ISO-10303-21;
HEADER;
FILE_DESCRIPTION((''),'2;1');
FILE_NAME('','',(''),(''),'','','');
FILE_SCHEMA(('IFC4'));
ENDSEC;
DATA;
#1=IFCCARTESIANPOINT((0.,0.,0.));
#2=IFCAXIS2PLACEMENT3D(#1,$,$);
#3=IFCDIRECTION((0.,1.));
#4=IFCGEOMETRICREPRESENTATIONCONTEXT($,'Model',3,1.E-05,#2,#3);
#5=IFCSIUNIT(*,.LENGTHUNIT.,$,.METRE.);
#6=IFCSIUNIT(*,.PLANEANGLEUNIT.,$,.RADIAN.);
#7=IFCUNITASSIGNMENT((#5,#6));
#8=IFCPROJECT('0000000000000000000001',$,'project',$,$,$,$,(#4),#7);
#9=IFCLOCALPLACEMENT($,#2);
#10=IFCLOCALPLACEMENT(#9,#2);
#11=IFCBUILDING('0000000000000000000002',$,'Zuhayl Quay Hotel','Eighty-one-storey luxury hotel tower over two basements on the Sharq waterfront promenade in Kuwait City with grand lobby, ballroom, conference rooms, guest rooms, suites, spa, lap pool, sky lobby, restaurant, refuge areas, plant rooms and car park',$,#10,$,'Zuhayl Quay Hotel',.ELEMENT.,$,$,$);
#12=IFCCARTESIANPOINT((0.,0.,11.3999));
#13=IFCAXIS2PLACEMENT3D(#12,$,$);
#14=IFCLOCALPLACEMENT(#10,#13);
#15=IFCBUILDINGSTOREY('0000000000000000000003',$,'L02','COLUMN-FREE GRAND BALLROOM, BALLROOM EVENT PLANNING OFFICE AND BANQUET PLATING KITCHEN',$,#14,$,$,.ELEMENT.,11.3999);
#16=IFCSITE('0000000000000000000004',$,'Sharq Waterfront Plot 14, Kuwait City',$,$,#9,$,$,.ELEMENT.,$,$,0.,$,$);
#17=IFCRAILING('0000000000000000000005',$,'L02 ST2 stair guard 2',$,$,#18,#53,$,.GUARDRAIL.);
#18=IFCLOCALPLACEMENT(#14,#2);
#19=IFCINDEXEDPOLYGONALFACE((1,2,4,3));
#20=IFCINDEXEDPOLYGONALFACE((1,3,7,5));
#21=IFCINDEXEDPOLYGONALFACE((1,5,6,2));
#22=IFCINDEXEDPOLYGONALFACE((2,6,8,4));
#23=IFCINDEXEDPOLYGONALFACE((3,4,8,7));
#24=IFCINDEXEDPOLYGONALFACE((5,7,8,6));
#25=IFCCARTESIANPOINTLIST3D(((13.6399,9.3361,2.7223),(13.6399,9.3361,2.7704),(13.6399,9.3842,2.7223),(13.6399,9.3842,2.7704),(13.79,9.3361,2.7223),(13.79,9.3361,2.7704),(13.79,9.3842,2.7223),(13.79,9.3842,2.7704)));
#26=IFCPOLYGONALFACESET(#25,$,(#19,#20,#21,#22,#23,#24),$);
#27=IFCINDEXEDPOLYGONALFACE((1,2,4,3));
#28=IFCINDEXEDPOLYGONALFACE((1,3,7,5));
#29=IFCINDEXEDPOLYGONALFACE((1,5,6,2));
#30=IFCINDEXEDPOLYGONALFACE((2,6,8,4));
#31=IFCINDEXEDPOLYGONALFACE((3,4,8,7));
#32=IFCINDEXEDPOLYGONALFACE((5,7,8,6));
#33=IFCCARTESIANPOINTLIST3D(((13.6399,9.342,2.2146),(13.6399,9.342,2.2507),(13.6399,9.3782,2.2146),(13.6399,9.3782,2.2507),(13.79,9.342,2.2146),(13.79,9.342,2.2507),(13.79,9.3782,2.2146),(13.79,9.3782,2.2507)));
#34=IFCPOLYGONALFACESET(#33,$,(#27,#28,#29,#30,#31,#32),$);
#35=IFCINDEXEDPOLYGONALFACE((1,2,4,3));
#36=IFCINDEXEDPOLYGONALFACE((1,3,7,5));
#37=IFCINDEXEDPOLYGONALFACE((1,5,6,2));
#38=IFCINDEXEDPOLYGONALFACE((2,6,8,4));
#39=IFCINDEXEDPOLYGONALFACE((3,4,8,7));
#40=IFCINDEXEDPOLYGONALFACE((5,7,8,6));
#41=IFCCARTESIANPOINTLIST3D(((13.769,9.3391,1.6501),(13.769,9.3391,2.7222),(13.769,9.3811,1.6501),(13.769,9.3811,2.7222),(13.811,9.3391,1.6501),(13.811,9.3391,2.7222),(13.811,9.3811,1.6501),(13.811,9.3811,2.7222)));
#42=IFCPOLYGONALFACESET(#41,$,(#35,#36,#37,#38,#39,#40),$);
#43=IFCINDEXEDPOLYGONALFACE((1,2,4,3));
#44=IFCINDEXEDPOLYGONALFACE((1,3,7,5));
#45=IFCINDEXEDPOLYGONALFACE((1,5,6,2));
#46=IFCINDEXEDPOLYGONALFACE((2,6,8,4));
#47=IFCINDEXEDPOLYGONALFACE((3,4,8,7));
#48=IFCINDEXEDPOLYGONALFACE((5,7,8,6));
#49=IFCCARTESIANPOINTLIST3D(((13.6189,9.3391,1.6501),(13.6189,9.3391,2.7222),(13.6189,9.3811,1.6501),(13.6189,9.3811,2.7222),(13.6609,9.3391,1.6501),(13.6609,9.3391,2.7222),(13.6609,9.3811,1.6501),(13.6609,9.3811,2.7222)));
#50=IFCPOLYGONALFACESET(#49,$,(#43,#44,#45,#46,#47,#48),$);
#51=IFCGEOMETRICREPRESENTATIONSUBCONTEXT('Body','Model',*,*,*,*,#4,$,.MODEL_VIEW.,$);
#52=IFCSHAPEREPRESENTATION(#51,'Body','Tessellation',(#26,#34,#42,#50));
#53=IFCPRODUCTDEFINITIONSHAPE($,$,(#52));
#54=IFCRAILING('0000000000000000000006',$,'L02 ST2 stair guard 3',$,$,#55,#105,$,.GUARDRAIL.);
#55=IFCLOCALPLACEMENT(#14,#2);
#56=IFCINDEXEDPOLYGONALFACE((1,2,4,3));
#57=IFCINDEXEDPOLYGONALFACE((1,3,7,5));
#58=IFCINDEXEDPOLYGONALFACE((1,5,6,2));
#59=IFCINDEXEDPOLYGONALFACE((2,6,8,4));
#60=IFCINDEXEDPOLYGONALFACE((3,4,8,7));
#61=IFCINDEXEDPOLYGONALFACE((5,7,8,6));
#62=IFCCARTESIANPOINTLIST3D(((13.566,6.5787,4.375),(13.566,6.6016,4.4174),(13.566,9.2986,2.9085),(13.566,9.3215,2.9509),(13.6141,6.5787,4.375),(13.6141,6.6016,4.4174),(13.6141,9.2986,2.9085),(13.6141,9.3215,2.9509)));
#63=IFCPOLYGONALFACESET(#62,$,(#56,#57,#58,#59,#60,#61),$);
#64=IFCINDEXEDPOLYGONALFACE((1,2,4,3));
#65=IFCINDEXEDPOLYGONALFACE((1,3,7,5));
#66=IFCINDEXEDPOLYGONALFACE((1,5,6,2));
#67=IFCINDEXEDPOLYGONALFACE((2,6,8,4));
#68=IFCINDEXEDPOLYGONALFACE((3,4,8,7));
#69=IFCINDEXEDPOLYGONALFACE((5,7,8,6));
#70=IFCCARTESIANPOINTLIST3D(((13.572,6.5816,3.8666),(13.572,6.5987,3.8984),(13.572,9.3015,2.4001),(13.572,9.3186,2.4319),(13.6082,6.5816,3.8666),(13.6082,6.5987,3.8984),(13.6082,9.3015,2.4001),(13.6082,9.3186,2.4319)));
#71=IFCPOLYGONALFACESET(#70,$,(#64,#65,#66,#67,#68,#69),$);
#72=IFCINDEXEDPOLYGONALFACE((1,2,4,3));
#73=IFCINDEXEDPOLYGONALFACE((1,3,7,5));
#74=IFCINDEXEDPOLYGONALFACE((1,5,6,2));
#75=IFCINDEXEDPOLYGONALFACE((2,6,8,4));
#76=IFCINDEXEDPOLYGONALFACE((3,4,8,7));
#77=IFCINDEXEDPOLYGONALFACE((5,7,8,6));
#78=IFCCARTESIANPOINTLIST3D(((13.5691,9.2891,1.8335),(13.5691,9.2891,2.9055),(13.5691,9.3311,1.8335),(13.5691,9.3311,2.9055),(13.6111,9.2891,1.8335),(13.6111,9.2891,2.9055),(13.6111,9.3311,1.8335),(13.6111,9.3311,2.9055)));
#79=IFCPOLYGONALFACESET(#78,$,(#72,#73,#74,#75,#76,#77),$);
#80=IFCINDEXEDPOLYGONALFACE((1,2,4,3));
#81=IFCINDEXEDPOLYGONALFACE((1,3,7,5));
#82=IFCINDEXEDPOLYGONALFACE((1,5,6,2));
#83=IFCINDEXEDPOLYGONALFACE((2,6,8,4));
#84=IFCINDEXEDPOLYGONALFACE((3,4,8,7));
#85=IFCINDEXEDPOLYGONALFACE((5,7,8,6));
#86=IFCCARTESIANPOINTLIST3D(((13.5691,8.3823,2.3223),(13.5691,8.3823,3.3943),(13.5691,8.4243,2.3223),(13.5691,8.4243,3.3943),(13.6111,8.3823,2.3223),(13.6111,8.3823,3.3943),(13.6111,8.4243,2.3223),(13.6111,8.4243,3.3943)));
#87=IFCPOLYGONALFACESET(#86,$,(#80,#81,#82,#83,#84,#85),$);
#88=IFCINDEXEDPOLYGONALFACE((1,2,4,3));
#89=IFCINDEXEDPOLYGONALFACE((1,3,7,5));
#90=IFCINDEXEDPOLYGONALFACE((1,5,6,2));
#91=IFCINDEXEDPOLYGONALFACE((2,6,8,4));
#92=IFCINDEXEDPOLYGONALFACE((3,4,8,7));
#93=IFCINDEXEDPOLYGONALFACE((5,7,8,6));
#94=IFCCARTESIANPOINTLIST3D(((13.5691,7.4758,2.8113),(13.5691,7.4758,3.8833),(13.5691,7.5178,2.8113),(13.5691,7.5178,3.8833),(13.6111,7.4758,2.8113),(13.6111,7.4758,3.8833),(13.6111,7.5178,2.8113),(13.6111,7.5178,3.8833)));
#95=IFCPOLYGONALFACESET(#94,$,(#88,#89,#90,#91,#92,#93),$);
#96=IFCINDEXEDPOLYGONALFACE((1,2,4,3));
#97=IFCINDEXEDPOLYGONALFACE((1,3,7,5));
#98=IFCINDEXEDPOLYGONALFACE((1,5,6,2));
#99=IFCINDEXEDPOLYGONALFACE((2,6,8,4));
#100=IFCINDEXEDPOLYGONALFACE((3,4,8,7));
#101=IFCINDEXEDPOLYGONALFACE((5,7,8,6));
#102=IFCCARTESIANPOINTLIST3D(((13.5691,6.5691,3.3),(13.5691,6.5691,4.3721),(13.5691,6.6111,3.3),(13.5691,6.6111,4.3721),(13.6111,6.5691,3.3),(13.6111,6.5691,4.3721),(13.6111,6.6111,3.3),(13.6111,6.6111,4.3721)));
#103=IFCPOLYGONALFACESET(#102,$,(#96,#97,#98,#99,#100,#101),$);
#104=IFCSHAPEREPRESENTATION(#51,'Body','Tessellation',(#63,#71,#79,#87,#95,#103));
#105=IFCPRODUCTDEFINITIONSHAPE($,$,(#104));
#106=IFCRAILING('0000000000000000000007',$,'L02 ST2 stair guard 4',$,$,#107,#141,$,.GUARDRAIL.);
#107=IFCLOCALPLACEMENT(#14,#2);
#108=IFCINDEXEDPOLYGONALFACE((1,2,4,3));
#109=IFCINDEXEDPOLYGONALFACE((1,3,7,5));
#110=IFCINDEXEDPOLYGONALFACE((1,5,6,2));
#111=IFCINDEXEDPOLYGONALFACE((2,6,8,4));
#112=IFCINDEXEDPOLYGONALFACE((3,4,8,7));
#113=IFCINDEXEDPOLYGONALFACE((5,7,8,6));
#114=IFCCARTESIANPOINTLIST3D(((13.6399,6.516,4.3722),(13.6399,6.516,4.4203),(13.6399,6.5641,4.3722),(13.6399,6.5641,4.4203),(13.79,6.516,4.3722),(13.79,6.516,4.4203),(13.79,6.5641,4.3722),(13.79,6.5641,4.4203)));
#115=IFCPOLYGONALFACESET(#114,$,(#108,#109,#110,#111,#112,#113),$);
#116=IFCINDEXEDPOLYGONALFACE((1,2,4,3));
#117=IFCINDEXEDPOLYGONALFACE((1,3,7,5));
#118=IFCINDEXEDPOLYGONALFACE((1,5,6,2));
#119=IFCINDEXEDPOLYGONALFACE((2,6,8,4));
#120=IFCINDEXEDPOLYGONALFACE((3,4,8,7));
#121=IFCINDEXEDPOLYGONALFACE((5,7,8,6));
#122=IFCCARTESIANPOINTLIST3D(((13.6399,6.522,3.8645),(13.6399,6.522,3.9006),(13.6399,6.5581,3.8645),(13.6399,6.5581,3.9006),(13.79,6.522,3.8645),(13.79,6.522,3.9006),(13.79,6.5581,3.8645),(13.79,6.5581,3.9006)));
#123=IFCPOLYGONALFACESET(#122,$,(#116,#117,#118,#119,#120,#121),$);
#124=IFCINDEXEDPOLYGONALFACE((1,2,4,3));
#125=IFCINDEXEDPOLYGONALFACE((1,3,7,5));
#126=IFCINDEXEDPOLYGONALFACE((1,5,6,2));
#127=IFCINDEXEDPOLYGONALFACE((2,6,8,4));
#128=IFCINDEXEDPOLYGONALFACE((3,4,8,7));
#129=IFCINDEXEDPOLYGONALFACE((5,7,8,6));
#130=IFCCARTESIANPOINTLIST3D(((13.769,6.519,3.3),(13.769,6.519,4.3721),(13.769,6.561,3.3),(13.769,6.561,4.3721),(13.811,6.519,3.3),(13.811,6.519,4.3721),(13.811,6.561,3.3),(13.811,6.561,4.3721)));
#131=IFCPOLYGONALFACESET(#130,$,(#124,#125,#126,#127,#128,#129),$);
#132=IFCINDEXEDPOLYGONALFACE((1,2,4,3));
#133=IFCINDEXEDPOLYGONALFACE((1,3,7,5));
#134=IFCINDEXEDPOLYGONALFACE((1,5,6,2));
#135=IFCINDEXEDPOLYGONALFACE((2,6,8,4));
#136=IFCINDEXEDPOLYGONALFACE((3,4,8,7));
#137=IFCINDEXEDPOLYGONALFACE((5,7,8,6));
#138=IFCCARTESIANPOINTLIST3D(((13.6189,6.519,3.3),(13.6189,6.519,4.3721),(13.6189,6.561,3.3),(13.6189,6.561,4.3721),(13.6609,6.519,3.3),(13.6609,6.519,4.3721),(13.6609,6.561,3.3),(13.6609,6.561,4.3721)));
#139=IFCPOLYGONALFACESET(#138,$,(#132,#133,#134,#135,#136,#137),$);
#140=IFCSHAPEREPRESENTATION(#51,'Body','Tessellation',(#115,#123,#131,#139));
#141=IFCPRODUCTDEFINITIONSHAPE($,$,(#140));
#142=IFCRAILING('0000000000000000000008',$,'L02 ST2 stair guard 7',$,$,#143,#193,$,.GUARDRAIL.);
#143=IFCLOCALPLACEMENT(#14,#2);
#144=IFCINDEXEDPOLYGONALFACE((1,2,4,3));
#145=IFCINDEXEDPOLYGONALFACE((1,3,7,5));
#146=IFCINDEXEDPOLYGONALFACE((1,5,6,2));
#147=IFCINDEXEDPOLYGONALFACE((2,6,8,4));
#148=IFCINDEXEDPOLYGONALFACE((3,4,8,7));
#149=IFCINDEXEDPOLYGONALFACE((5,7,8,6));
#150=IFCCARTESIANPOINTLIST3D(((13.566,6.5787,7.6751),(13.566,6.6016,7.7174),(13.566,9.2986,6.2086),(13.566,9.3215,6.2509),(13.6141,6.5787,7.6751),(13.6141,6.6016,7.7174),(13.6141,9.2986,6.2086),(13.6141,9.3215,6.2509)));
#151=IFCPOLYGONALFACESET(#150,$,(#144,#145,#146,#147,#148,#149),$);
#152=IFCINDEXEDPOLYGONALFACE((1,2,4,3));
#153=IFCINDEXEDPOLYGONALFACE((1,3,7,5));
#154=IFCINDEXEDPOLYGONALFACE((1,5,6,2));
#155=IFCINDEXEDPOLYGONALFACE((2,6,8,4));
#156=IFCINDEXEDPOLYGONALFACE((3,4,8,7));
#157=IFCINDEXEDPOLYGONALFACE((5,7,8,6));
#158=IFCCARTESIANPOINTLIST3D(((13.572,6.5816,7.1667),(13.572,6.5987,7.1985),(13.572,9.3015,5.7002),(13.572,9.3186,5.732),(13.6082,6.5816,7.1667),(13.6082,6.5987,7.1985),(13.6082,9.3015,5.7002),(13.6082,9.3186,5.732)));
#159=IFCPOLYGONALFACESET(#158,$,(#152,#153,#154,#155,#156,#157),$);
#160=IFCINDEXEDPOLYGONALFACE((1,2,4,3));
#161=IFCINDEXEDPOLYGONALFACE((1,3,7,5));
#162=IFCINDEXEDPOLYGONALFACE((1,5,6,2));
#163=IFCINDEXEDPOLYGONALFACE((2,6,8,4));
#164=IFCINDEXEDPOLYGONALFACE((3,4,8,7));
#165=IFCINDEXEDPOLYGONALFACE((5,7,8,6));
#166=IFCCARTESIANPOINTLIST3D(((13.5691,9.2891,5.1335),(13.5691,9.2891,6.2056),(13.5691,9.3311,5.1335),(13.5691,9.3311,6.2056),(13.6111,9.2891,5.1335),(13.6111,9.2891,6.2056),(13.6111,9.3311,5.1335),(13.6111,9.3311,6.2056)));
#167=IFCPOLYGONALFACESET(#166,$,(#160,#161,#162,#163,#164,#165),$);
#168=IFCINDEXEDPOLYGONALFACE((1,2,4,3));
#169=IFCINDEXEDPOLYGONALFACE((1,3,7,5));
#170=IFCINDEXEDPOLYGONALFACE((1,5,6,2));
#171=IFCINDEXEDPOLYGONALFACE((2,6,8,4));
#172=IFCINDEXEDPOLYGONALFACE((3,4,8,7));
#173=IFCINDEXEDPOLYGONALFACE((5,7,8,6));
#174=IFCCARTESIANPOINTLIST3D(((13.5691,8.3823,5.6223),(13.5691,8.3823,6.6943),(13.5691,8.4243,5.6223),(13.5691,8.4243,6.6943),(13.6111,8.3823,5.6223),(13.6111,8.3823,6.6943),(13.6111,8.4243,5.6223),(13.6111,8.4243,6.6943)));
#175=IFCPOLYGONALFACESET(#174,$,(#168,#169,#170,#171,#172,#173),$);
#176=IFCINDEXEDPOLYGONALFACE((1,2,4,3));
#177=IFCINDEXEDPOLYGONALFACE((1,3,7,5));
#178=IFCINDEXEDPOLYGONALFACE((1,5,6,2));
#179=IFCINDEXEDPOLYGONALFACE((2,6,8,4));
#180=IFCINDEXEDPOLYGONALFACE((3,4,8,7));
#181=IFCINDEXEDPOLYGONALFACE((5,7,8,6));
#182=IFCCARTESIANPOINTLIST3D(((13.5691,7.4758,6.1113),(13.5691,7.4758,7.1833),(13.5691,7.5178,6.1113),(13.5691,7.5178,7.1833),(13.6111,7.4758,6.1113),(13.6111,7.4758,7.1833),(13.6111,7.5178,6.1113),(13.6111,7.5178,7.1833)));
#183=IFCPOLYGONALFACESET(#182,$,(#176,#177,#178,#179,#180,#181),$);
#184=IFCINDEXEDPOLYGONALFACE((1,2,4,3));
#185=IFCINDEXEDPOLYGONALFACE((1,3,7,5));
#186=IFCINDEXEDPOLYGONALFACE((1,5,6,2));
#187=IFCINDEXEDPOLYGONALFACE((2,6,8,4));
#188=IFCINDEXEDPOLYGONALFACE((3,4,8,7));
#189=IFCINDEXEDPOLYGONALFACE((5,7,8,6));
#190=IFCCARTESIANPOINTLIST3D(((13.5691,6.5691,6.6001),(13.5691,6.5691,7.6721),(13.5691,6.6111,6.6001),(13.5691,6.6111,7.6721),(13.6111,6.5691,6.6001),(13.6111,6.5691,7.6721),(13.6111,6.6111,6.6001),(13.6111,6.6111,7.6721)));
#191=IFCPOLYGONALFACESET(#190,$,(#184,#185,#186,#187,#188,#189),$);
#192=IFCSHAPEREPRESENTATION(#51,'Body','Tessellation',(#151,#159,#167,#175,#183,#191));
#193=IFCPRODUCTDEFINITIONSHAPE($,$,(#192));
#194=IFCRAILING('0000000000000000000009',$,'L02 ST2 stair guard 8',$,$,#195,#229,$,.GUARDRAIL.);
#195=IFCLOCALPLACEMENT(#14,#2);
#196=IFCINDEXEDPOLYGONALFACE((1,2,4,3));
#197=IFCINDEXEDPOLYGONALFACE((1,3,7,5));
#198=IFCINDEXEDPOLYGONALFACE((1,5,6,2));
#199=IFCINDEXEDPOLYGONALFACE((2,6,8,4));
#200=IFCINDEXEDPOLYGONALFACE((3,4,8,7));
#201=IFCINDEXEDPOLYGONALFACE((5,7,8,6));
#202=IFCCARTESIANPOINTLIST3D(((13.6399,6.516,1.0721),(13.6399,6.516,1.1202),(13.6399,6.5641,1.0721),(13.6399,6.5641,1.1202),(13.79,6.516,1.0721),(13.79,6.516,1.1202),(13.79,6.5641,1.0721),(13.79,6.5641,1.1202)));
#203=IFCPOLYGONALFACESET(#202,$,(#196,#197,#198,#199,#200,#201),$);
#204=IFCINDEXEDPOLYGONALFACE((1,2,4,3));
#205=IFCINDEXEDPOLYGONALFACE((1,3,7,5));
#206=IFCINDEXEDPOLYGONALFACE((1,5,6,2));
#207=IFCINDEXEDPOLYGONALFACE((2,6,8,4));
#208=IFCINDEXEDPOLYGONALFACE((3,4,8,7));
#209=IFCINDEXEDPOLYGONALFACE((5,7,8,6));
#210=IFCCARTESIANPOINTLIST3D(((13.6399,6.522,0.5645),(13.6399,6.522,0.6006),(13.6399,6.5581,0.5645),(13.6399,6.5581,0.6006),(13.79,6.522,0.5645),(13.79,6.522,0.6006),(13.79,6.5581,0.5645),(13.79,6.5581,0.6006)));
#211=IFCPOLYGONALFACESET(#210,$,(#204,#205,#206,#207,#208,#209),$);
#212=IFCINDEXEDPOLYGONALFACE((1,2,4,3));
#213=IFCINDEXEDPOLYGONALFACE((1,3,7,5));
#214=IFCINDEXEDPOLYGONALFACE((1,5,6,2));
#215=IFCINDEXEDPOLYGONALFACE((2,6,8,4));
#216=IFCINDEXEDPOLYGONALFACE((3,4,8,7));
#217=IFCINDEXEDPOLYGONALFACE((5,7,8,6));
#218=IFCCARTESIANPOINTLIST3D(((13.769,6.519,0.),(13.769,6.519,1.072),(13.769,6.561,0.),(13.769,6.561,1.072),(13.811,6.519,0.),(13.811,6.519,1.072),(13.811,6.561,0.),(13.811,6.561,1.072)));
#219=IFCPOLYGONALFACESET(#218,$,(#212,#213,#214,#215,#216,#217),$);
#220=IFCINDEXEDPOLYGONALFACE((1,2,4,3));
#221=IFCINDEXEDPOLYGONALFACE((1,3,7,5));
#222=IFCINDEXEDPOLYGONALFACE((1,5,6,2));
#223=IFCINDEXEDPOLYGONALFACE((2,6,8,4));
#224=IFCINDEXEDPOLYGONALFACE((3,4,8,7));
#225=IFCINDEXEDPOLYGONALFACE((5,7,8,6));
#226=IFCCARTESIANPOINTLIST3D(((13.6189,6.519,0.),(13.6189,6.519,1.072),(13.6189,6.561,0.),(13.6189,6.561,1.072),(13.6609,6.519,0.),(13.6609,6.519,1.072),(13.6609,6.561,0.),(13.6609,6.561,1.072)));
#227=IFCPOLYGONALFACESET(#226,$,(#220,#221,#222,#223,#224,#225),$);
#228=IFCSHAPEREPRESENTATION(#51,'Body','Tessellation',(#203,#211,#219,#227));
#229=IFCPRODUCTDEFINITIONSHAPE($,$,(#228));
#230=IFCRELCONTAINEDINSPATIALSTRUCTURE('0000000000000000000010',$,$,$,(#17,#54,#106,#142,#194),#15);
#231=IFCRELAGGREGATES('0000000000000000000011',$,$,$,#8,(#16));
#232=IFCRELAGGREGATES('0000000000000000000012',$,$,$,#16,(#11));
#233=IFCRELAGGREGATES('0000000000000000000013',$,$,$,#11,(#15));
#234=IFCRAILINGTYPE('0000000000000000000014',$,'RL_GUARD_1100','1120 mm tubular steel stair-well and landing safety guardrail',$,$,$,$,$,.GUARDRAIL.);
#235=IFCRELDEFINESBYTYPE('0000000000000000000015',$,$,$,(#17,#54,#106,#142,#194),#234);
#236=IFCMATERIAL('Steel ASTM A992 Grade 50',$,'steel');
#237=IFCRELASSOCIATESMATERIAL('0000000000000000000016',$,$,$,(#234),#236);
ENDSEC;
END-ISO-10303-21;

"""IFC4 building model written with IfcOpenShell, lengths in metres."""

from ifc_helpers import new_model, si_unit, direction, frame, origin, origin_2d, place, context, subcontext, project, spatial, rectangle, extrude, material, type_object, element, save


model = new_model("IFC4")

# Units and contexts
model_context = context("Model", 3, precision=1e-05, world=origin(), true_north=direction((0.0, 1.0)))
body_context = subcontext(model_context, "Body", "Model", "MODEL_VIEW")
ifc_project = project(units=[si_unit("LENGTHUNIT", "METRE"), si_unit("PLANEANGLEUNIT", "RADIAN")], contexts=[model_context])

# Site, building, storey
site_placement = place(None, origin())
site = spatial("IfcSite", under=ifc_project, at=site_placement, Name="Sharq Waterfront Plot 14, Kuwait City", CompositionType="ELEMENT", RefElevation=0.0)
building_placement = place(site_placement, origin())
building = spatial("IfcBuilding", under=site, at=building_placement, Name="Zuhayl Quay Hotel", Description="Eighty-one-storey luxury hotel tower over two basements on the Sharq waterfront promenade in Kuwait City with grand lobby, ballroom, conference rooms, guest rooms, suites, spa, lap pool, sky lobby, restaurant, refuge areas, plant rooms and car park", LongName="Zuhayl Quay Hotel", CompositionType="ELEMENT")
storey_placement = place(building_placement, frame((0.0, 0.0, 11.3999)))
storey = spatial("IfcBuildingStorey", under=building, at=storey_placement, Name="L02", Description="COLUMN-FREE GRAND BALLROOM, BALLROOM EVENT PLANNING OFFICE AND BANQUET PLATING KITCHEN", CompositionType="ELEMENT", Elevation=11.3999)

# Shared definitions
ifc_material_1 = material(Name="Steel ASTM A992 Grade 50", Category="steel")

# Railings
railing_type_1 = type_object("IfcRailingType", Name="RL_GUARD_1100", Description="1120 mm tubular steel stair-well and landing safety guardrail", PredefinedType="GUARDRAIL", material=ifc_material_1)
railing_1_placement = place(storey_placement, frame((13.79, 9.3601, 1.6501)))
element("IfcRailing", 1, at=railing_1_placement, inside=storey, type_object=railing_type_1, Name="L02 ST2 stair guard 2", PredefinedType="GUARDRAIL", context=body_context, shape_type="SweptSolid", body=[
    extrude(rectangle(XDim=0.0481, YDim=0.0481, at=origin_2d()), frame((0.0, 0.0, 1.0962), z_axis=(-1.0, 0.0, 0.0), x_axis=(0.0, -1.0, 0.0)), (0.0, 0.0, 1.0), 0.1501),
    extrude(rectangle(XDim=0.0361, YDim=0.0361, at=origin_2d()), frame((0.0, 0.0, 0.5825), z_axis=(-1.0, 0.0, 0.0), x_axis=(0.0, -1.0, 0.0)), (0.0, 0.0, 1.0), 0.1501),
    extrude(rectangle(XDim=0.042, YDim=0.042, at=origin_2d()), origin(), (0.0, 0.0, 1.0), 1.072),
    extrude(rectangle(XDim=0.042, YDim=0.042, at=origin_2d()), frame((-0.1501, 0.0, 0.0)), (0.0, 0.0, 1.0), 1.072),
])
railing_2_placement = place(storey_placement, frame((13.5901, 9.3101, 1.8335)))
element("IfcRailing", 2, at=railing_2_placement, inside=storey, type_object=railing_type_1, Name="L02 ST2 stair guard 3", PredefinedType="GUARDRAIL", context=body_context, shape_type="SweptSolid", body=[
    extrude(rectangle(XDim=0.0481, YDim=0.0481, at=origin_2d()), frame((0.0, 0.0, 1.0962), z_axis=(0.0, -0.880207, 0.47459), x_axis=(1.0, 0.0, 0.0)), (0.0, 0.0, 1.0), 3.0901),
    extrude(rectangle(XDim=0.0361, YDim=0.0361, at=origin_2d()), frame((0.0, 0.0, 0.5825), z_axis=(0.0, -0.880207, 0.47459), x_axis=(1.0, 0.0, 0.0)), (0.0, 0.0, 1.0), 3.0901),
    extrude(rectangle(XDim=0.042, YDim=0.042, at=origin_2d()), origin(), (0.0, 0.0, 1.0), 1.072),
    extrude(rectangle(XDim=0.042, YDim=0.042, at=origin_2d()), frame((0.0, -0.9067, 0.4888)), (0.0, 0.0, 1.0), 1.072),
    extrude(rectangle(XDim=0.042, YDim=0.042, at=origin_2d()), frame((0.0, -1.8132, 0.9778)), (0.0, 0.0, 1.0), 1.072),
    extrude(rectangle(XDim=0.042, YDim=0.042, at=origin_2d()), frame((0.0, -2.72, 1.4666)), (0.0, 0.0, 1.0), 1.072),
])
railing_3_placement = place(storey_placement, frame((13.79, 6.54, 3.3)))
element("IfcRailing", 3, at=railing_3_placement, inside=storey, type_object=railing_type_1, Name="L02 ST2 stair guard 4", PredefinedType="GUARDRAIL", context=body_context, shape_type="SweptSolid", body=[
    extrude(rectangle(XDim=0.0481, YDim=0.0481, at=origin_2d()), frame((0.0, 0.0, 1.0962), z_axis=(-1.0, 0.0, 0.0), x_axis=(0.0, -1.0, 0.0)), (0.0, 0.0, 1.0), 0.1501),
    extrude(rectangle(XDim=0.0361, YDim=0.0361, at=origin_2d()), frame((0.0, 0.0, 0.5825), z_axis=(-1.0, 0.0, 0.0), x_axis=(0.0, -1.0, 0.0)), (0.0, 0.0, 1.0), 0.1501),
    extrude(rectangle(XDim=0.042, YDim=0.042, at=origin_2d()), origin(), (0.0, 0.0, 1.0), 1.072),
    extrude(rectangle(XDim=0.042, YDim=0.042, at=origin_2d()), frame((-0.1501, 0.0, 0.0)), (0.0, 0.0, 1.0), 1.072),
])
railing_4_placement = place(storey_placement, frame((13.5901, 9.3101, 5.1335)))
element("IfcRailing", 4, at=railing_4_placement, inside=storey, type_object=railing_type_1, Name="L02 ST2 stair guard 7", PredefinedType="GUARDRAIL", context=body_context, shape_type="SweptSolid", body=[
    extrude(rectangle(XDim=0.0481, YDim=0.0481, at=origin_2d()), frame((0.0, 0.0, 1.0962), z_axis=(0.0, -0.880207, 0.47459), x_axis=(1.0, 0.0, 0.0)), (0.0, 0.0, 1.0), 3.0901),
    extrude(rectangle(XDim=0.0361, YDim=0.0361, at=origin_2d()), frame((0.0, 0.0, 0.5825), z_axis=(0.0, -0.880207, 0.47459), x_axis=(1.0, 0.0, 0.0)), (0.0, 0.0, 1.0), 3.0901),
    extrude(rectangle(XDim=0.042, YDim=0.042, at=origin_2d()), origin(), (0.0, 0.0, 1.0), 1.072),
    extrude(rectangle(XDim=0.042, YDim=0.042, at=origin_2d()), frame((0.0, -0.9067, 0.4888)), (0.0, 0.0, 1.0), 1.072),
    extrude(rectangle(XDim=0.042, YDim=0.042, at=origin_2d()), frame((0.0, -1.8132, 0.9778)), (0.0, 0.0, 1.0), 1.072),
    extrude(rectangle(XDim=0.042, YDim=0.042, at=origin_2d()), frame((0.0, -2.72, 1.4666)), (0.0, 0.0, 1.0), 1.072),
])
railing_5_placement = place(storey_placement, frame((13.79, 6.54, 0.0)))
element("IfcRailing", 5, at=railing_5_placement, inside=storey, type_object=railing_type_1, Name="L02 ST2 stair guard 8", PredefinedType="GUARDRAIL", context=body_context, shape_type="SweptSolid", body=[
    extrude(rectangle(XDim=0.0481, YDim=0.0481, at=origin_2d()), frame((0.0, 0.0, 1.0962), z_axis=(-1.0, 0.0, 0.0), x_axis=(0.0, -1.0, 0.0)), (0.0, 0.0, 1.0), 0.1501),
    extrude(rectangle(XDim=0.0361, YDim=0.0361, at=origin_2d()), frame((0.0, 0.0, 0.5825), z_axis=(-1.0, 0.0, 0.0), x_axis=(0.0, -1.0, 0.0)), (0.0, 0.0, 1.0), 0.1501),
    extrude(rectangle(XDim=0.042, YDim=0.042, at=origin_2d()), origin(), (0.0, 0.0, 1.0), 1.072),
    extrude(rectangle(XDim=0.042, YDim=0.042, at=origin_2d()), frame((-0.1501, 0.0, 0.0)), (0.0, 0.0, 1.0), 1.072),
])

save(model, "model.ifc")
